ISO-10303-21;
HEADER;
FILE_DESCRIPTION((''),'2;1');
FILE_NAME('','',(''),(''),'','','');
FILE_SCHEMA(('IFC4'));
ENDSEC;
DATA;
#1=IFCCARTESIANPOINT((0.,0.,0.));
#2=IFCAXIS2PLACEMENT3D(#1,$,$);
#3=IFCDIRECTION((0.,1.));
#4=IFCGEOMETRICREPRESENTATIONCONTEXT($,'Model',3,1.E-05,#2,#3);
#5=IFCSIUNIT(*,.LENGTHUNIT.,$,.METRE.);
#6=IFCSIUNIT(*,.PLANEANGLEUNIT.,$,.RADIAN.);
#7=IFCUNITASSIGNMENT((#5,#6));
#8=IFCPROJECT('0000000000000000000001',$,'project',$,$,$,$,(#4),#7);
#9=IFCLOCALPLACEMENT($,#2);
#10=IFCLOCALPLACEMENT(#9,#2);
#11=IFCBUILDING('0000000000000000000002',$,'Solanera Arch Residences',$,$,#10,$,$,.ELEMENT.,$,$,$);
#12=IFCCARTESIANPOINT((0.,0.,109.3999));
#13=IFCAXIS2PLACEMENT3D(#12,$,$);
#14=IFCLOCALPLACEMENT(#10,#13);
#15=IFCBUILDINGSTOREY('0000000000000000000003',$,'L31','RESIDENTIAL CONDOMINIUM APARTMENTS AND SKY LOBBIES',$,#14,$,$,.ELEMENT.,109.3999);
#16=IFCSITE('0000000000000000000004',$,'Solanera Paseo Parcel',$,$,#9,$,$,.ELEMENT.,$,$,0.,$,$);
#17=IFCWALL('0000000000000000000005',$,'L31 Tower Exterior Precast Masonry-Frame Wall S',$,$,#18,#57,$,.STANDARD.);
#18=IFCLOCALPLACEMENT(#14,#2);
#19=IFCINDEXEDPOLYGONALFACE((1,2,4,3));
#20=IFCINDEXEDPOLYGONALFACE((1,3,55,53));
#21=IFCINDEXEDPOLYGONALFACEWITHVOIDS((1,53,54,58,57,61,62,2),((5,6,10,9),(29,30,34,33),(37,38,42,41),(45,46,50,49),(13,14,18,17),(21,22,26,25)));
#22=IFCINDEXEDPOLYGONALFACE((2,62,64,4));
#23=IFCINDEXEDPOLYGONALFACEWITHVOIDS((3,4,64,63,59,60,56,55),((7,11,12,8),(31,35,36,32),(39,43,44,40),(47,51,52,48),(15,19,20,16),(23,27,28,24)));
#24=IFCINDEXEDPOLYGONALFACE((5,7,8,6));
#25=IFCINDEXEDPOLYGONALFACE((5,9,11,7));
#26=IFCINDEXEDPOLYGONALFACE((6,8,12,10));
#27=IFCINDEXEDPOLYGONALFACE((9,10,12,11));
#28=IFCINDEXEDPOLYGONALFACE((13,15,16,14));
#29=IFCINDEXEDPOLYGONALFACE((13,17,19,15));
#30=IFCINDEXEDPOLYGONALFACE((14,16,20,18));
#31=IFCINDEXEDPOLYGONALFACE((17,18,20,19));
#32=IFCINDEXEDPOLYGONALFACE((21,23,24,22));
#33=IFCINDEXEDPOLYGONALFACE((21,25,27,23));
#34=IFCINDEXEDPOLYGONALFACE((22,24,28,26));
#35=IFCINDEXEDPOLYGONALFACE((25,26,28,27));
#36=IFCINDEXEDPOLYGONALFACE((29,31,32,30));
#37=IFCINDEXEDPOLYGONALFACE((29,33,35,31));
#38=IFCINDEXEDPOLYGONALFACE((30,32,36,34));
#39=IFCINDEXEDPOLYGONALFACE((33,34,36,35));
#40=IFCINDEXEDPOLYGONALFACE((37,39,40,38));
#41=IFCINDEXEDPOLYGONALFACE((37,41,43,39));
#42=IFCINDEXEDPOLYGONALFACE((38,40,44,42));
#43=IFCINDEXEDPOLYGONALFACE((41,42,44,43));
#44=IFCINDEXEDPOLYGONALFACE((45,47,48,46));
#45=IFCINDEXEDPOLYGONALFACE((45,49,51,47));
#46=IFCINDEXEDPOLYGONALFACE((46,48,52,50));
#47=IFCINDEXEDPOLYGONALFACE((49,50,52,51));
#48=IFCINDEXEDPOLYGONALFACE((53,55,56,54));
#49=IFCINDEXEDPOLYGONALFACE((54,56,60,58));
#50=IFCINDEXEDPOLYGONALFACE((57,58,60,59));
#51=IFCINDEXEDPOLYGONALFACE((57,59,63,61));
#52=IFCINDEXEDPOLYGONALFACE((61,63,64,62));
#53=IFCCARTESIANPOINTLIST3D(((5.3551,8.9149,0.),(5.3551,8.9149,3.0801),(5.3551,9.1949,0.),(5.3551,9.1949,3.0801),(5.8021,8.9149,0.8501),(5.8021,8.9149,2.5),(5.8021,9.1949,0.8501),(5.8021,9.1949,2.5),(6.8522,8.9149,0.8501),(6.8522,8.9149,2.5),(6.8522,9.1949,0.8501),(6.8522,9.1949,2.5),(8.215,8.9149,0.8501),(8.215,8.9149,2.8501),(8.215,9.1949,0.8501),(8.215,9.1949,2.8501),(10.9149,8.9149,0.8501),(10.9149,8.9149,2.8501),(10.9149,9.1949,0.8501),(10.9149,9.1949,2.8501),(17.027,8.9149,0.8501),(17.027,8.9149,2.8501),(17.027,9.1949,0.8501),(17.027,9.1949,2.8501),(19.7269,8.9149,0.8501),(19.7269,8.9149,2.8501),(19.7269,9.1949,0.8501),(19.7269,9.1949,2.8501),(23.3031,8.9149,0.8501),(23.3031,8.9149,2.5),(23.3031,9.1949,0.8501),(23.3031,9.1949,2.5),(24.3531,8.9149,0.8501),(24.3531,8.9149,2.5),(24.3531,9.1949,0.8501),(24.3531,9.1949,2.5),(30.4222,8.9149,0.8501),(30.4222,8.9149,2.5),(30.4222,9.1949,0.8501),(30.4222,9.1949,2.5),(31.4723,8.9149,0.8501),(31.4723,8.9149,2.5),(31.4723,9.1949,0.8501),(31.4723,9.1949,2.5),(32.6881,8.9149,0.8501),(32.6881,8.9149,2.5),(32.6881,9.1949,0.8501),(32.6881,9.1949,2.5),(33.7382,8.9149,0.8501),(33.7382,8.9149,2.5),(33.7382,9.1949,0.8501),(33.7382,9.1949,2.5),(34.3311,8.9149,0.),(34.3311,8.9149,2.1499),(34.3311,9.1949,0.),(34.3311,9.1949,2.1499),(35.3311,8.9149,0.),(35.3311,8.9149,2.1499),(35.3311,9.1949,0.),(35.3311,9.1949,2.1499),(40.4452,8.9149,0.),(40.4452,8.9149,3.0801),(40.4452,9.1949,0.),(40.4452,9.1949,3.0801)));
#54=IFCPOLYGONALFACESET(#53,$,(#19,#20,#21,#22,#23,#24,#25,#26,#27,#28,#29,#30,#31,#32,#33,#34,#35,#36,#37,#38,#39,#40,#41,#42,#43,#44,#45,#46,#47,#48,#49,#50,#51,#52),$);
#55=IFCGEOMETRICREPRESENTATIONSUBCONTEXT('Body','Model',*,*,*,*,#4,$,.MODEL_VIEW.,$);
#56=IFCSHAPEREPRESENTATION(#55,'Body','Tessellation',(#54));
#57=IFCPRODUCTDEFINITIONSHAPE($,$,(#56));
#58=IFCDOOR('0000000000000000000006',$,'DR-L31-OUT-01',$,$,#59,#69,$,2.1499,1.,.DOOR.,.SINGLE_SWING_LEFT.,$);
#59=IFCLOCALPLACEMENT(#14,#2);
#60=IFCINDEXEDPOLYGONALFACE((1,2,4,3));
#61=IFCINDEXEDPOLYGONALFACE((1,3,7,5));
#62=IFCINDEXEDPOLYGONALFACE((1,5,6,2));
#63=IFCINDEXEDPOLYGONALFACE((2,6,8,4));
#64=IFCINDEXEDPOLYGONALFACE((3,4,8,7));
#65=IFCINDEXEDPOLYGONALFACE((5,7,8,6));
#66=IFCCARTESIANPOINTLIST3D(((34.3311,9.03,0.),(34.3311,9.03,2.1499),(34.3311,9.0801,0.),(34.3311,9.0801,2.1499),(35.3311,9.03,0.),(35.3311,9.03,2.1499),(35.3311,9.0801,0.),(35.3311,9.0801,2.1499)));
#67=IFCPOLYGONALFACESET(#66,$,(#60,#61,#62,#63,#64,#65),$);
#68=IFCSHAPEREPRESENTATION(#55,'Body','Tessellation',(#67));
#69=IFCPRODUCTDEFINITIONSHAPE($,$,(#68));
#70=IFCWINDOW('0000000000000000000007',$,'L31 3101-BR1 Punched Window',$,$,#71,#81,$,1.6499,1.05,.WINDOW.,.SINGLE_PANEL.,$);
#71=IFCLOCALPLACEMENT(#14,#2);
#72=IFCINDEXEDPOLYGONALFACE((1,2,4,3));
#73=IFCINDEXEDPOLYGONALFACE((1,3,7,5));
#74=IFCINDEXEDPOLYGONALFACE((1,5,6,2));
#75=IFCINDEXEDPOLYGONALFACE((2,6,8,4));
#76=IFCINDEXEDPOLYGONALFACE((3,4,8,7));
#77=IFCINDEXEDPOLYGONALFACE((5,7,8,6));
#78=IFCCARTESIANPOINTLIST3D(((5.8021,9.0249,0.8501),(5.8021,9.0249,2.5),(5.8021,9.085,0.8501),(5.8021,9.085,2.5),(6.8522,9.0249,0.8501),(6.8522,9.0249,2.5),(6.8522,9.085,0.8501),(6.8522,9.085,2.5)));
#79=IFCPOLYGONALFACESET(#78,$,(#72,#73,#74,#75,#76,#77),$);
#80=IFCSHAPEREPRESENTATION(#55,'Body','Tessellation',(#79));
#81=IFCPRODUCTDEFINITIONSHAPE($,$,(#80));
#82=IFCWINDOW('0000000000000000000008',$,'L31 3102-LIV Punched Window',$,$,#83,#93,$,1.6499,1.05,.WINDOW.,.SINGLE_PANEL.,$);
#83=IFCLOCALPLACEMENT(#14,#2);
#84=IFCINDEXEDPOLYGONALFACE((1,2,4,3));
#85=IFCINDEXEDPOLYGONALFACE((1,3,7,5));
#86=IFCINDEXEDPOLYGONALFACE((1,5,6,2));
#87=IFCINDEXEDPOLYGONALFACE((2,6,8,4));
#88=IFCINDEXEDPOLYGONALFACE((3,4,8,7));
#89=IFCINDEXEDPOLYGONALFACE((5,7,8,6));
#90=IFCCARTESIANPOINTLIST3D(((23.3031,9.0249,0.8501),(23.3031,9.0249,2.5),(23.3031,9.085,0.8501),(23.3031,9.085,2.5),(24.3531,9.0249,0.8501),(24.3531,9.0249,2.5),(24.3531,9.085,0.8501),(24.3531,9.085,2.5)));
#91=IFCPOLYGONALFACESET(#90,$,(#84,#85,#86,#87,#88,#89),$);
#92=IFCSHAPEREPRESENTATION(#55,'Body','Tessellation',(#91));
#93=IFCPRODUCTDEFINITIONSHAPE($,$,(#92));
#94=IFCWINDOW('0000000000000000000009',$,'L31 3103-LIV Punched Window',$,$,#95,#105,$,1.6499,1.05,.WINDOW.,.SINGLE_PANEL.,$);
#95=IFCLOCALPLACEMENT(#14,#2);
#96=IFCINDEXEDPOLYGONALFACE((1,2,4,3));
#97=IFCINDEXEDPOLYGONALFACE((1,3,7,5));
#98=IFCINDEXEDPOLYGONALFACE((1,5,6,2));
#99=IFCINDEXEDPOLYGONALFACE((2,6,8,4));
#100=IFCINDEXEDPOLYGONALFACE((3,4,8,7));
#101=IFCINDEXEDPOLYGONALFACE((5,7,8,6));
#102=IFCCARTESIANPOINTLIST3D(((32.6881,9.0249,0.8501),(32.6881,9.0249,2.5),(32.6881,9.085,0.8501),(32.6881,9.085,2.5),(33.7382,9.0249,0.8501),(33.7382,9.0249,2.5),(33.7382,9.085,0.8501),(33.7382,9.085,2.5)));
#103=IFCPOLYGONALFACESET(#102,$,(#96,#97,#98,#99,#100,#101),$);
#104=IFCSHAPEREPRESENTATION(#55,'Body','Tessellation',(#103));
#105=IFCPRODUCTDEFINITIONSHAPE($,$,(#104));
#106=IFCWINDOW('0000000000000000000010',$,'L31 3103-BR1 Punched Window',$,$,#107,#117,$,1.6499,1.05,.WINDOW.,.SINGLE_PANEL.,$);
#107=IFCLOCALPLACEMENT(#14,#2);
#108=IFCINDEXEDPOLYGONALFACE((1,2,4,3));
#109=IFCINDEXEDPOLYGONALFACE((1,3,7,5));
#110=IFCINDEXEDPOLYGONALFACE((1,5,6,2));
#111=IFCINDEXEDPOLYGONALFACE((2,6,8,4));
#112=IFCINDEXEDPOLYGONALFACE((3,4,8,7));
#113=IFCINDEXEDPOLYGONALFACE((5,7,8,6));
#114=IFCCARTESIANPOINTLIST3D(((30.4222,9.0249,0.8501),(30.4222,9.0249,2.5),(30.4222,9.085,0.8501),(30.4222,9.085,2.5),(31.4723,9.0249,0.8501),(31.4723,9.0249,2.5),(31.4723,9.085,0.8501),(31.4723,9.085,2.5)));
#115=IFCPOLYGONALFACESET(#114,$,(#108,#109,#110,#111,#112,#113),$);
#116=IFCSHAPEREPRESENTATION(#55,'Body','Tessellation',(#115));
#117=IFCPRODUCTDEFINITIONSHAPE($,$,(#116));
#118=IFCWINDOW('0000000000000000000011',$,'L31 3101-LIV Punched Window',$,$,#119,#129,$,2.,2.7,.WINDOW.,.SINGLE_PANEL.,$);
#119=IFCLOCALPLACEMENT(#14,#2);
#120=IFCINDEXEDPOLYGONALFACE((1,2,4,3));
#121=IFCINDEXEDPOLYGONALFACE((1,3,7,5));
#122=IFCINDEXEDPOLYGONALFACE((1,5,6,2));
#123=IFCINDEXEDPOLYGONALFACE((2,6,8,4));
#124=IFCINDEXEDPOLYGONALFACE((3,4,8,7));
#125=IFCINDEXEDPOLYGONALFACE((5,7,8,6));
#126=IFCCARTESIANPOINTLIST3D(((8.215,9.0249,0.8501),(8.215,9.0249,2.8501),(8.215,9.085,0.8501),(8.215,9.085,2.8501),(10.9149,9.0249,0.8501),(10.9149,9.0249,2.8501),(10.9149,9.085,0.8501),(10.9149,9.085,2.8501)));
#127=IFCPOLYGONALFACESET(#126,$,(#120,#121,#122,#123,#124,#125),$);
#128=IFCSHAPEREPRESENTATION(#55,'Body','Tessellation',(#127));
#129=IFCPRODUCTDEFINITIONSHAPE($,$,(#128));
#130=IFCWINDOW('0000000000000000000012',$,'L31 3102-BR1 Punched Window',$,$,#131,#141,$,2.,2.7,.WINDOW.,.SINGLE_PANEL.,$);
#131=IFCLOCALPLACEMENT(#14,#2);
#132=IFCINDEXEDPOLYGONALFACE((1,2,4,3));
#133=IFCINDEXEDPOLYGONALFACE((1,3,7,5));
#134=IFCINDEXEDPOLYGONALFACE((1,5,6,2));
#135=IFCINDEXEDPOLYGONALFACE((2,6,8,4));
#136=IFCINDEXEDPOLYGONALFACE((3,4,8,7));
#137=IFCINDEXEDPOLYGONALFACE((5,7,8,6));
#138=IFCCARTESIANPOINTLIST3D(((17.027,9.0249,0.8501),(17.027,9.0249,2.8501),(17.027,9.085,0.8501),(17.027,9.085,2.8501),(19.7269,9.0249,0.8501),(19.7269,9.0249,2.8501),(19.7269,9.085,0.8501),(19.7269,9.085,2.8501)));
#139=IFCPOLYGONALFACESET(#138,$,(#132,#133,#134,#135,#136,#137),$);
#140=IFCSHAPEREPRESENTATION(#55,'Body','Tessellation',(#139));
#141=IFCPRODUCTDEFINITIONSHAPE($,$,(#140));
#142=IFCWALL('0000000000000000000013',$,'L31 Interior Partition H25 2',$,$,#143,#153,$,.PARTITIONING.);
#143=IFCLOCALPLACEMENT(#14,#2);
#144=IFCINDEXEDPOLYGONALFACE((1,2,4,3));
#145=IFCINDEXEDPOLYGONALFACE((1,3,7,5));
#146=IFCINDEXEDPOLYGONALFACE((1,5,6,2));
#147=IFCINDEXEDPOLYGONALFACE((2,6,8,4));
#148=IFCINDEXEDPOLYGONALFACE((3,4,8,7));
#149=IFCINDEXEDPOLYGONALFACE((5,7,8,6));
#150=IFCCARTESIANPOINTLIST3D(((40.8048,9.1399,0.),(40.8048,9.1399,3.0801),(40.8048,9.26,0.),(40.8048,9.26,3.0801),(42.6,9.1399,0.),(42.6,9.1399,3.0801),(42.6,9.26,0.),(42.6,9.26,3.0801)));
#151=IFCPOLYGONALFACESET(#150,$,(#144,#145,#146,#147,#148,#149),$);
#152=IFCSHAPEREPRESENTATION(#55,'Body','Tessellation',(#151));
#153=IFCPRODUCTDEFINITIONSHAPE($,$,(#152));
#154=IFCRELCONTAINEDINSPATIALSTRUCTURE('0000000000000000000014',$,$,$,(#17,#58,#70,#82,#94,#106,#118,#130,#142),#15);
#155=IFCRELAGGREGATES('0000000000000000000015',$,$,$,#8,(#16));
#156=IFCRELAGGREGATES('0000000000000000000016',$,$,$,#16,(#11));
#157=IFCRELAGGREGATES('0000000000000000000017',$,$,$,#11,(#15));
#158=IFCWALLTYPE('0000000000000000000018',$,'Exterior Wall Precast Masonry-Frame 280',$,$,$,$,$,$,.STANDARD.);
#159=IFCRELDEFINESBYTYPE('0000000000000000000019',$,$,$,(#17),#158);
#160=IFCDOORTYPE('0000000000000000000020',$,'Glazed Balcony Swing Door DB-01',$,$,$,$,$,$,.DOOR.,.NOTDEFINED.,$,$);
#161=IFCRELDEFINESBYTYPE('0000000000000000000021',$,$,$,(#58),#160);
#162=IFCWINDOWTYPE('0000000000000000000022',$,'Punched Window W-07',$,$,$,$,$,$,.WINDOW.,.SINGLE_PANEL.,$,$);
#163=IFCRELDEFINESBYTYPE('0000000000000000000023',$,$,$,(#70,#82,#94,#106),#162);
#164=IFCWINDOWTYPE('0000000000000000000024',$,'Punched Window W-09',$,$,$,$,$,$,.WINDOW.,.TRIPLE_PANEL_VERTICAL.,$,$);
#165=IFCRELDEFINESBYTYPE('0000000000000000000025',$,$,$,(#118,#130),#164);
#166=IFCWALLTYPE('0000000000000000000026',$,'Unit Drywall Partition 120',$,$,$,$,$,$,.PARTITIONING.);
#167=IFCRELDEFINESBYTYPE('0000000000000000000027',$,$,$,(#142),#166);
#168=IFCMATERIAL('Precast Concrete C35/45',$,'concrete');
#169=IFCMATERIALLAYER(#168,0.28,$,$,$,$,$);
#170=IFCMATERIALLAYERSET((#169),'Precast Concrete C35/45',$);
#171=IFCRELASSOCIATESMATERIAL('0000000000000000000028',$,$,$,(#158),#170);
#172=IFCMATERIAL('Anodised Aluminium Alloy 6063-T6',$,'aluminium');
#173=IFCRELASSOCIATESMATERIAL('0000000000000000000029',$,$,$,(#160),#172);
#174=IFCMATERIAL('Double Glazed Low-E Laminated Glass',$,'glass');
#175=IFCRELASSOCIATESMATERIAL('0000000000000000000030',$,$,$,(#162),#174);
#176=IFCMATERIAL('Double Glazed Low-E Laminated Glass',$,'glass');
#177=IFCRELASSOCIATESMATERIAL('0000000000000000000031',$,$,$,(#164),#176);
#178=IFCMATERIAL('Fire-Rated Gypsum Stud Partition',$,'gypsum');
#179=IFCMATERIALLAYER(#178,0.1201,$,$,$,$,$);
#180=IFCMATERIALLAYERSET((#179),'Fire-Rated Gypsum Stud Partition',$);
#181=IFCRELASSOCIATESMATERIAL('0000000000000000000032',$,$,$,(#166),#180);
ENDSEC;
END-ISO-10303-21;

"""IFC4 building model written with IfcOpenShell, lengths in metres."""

from ifc_helpers import new_model, si_unit, direction, frame, frame_2d, origin, place, context, subcontext, project, spatial, rectangle, extrude, material, layer, layer_set, type_object, element, fill, save


model = new_model("IFC4")

# Units and contexts
model_context = context("Model", 3, precision=1e-05, world=origin(), true_north=direction((0.0, 1.0)))
body_context = subcontext(model_context, "Body", "Model", "MODEL_VIEW")
ifc_project = project(units=[si_unit("LENGTHUNIT", "METRE"), si_unit("PLANEANGLEUNIT", "RADIAN")], contexts=[model_context])

# Site, building, storey
site_placement = place(None, origin())
site = spatial("IfcSite", under=ifc_project, at=site_placement, Name="Solanera Paseo Parcel", CompositionType="ELEMENT", RefElevation=0.0)
building_placement = place(site_placement, origin())
building = spatial("IfcBuilding", under=site, at=building_placement, Name="Solanera Arch Residences", CompositionType="ELEMENT")
storey_placement = place(building_placement, frame((0.0, 0.0, 109.3999)))
storey = spatial("IfcBuildingStorey", under=building, at=storey_placement, Name="L31", Description="RESIDENTIAL CONDOMINIUM APARTMENTS AND SKY LOBBIES", CompositionType="ELEMENT", Elevation=109.3999)

# Shared definitions
ifc_material_1 = material(Name="Precast Concrete C35/45", Category="concrete")
ifc_layer_1 = layer(ifc_material_1, 0.28)
ifc_layer_set_1 = layer_set([ifc_layer_1], Name="Precast Concrete C35/45")
wall_type_1 = type_object("IfcWallType", Name="Exterior Wall Precast Masonry-Frame 280", PredefinedType="STANDARD", material=ifc_layer_set_1)

# Wall, openings, door, windows
wall_1_placement = place(storey_placement, frame((40.4451, 9.0549, 0.0), z_axis=(0.0, 0.0, 1.0), x_axis=(-1.0, 0.0, 0.0)))
wall_1 = element("IfcWall", 1, at=wall_1_placement, inside=storey, type_object=wall_type_1, Name="L31 Tower Exterior Precast Masonry-Frame Wall S", PredefinedType="STANDARD", context=body_context, shape_type="SweptSolid", body=[
    extrude(rectangle(XDim=35.0901, YDim=0.28, at=frame_2d((17.5449, 0.0))), origin(), (0.0, 0.0, 1.0), 3.0801),
])
opening_1_placement = place(wall_1_placement, frame((5.114, 0.0, 0.0)))
opening_1 = element("IfcOpeningElement", 2, at=opening_1_placement, cuts=wall_1, PredefinedType="OPENING", context=body_context, shape_type="SweptSolid", body=[
    extrude(rectangle(XDim=1.0, YDim=2.1499, at=frame_2d((0.5, 1.075))), frame((0.0, 0.1499, 0.0), z_axis=(0.0, -1.0, 0.0), x_axis=(1.0, 0.0, 0.0)), (0.0, 0.0, 1.0), 0.3),
])
opening_2_placement = place(wall_1_placement, frame((29.53, 0.0, 0.8501)))
opening_2 = element("IfcOpeningElement", 3, at=opening_2_placement, cuts=wall_1, PredefinedType="OPENING", context=body_context, shape_type="SweptSolid", body=[
    extrude(rectangle(XDim=2.7, YDim=2.0, at=frame_2d((1.3501, 1.0))), frame((0.0, 0.1499, 0.0), z_axis=(0.0, -1.0, 0.0), x_axis=(1.0, 0.0, 0.0)), (0.0, 0.0, 1.0), 0.3),
])
opening_3_placement = place(wall_1_placement, frame((33.593, 0.0, 0.8501)))
opening_3 = element("IfcOpeningElement", 4, at=opening_3_placement, cuts=wall_1, PredefinedType="OPENING", context=body_context, shape_type="SweptSolid", body=[
    extrude(rectangle(XDim=1.05, YDim=1.6499, at=frame_2d((0.5249, 0.825))), frame((0.0, 0.1499, 0.0), z_axis=(0.0, -1.0, 0.0), x_axis=(1.0, 0.0, 0.0)), (0.0, 0.0, 1.0), 0.3),
])
opening_4_placement = place(wall_1_placement, frame((16.092, 0.0, 0.8501)))
opening_4 = element("IfcOpeningElement", 5, at=opening_4_placement, cuts=wall_1, PredefinedType="OPENING", context=body_context, shape_type="SweptSolid", body=[
    extrude(rectangle(XDim=1.05, YDim=1.6499, at=frame_2d((0.5249, 0.825))), frame((0.0, 0.1499, 0.0), z_axis=(0.0, -1.0, 0.0), x_axis=(1.0, 0.0, 0.0)), (0.0, 0.0, 1.0), 0.3),
])
opening_5_placement = place(wall_1_placement, frame((20.718, 0.0, 0.8501)))
opening_5 = element("IfcOpeningElement", 6, at=opening_5_placement, cuts=wall_1, PredefinedType="OPENING", context=body_context, shape_type="SweptSolid", body=[
    extrude(rectangle(XDim=2.7, YDim=2.0, at=frame_2d((1.3501, 1.0))), frame((0.0, 0.1499, 0.0), z_axis=(0.0, -1.0, 0.0), x_axis=(1.0, 0.0, 0.0)), (0.0, 0.0, 1.0), 0.3),
])
opening_6_placement = place(wall_1_placement, frame((6.707, 0.0, 0.8501)))
opening_6 = element("IfcOpeningElement", 7, at=opening_6_placement, cuts=wall_1, PredefinedType="OPENING", context=body_context, shape_type="SweptSolid", body=[
    extrude(rectangle(XDim=1.05, YDim=1.6499, at=frame_2d((0.5249, 0.825))), frame((0.0, 0.1499, 0.0), z_axis=(0.0, -1.0, 0.0), x_axis=(1.0, 0.0, 0.0)), (0.0, 0.0, 1.0), 0.3),
])
opening_7_placement = place(wall_1_placement, frame((8.9729, 0.0, 0.8501)))
opening_7 = element("IfcOpeningElement", 8, at=opening_7_placement, cuts=wall_1, PredefinedType="OPENING", context=body_context, shape_type="SweptSolid", body=[
    extrude(rectangle(XDim=1.05, YDim=1.6499, at=frame_2d((0.5249, 0.825))), frame((0.0, 0.1499, 0.0), z_axis=(0.0, -1.0, 0.0), x_axis=(1.0, 0.0, 0.0)), (0.0, 0.0, 1.0), 0.3),
])
ifc_material_2 = material(Name="Anodised Aluminium Alloy 6063-T6", Category="aluminium")
door_type_1 = type_object("IfcDoorType", Name="Glazed Balcony Swing Door DB-01", OperationType="NOTDEFINED", PredefinedType="DOOR", material=ifc_material_2)
door_1_placement = place(opening_1_placement, origin())
door_1 = element("IfcDoor", 9, at=door_1_placement, inside=storey, type_object=door_type_1, Name="DR-L31-OUT-01", OperationType="SINGLE_SWING_LEFT", OverallHeight=2.1499, OverallWidth=1.0, PredefinedType="DOOR", context=body_context, shape_type="SweptSolid", body=[
    extrude(rectangle(XDim=1.0, YDim=2.1499, at=frame_2d((0.5, 1.075))), frame((0.0, 0.0249, 0.0), z_axis=(0.0, -1.0, 0.0), x_axis=(1.0, 0.0, 0.0)), (0.0, 0.0, 1.0), 0.05),
])
fill(opening_1, door_1)
ifc_material_3 = material(Name="Double Glazed Low-E Laminated Glass", Category="glass")
window_type_1 = type_object("IfcWindowType", Name="Punched Window W-07", PartitioningType="SINGLE_PANEL", PredefinedType="WINDOW", material=ifc_material_3)
window_1_placement = place(opening_3_placement, origin())
window_1 = element("IfcWindow", 10, at=window_1_placement, inside=storey, type_object=window_type_1, Name="L31 3101-BR1 Punched Window", OverallHeight=1.6499, OverallWidth=1.05, PartitioningType="SINGLE_PANEL", PredefinedType="WINDOW", context=body_context, shape_type="SweptSolid", body=[
    extrude(rectangle(XDim=1.05, YDim=1.6499, at=frame_2d((0.5249, 0.825))), frame((0.0, 0.03, 0.0), z_axis=(0.0, -1.0, 0.0), x_axis=(1.0, 0.0, 0.0)), (0.0, 0.0, 1.0), 0.0601),
])
fill(opening_3, window_1)
window_2_placement = place(opening_4_placement, origin())
window_2 = element("IfcWindow", 11, at=window_2_placement, inside=storey, type_object=window_type_1, Name="L31 3102-LIV Punched Window", OverallHeight=1.6499, OverallWidth=1.05, PartitioningType="SINGLE_PANEL", PredefinedType="WINDOW", context=body_context, shape_type="SweptSolid", body=[
    extrude(rectangle(XDim=1.05, YDim=1.6499, at=frame_2d((0.5249, 0.825))), frame((0.0, 0.03, 0.0), z_axis=(0.0, -1.0, 0.0), x_axis=(1.0, 0.0, 0.0)), (0.0, 0.0, 1.0), 0.0601),
])
fill(opening_4, window_2)
window_3_placement = place(opening_6_placement, origin())
window_3 = element("IfcWindow", 12, at=window_3_placement, inside=storey, type_object=window_type_1, Name="L31 3103-LIV Punched Window", OverallHeight=1.6499, OverallWidth=1.05, PartitioningType="SINGLE_PANEL", PredefinedType="WINDOW", context=body_context, shape_type="SweptSolid", body=[
    extrude(rectangle(XDim=1.05, YDim=1.6499, at=frame_2d((0.5249, 0.825))), frame((0.0, 0.03, 0.0), z_axis=(0.0, -1.0, 0.0), x_axis=(1.0, 0.0, 0.0)), (0.0, 0.0, 1.0), 0.0601),
])
fill(opening_6, window_3)
window_4_placement = place(opening_7_placement, origin())
window_4 = element("IfcWindow", 13, at=window_4_placement, inside=storey, type_object=window_type_1, Name="L31 3103-BR1 Punched Window", OverallHeight=1.6499, OverallWidth=1.05, PartitioningType="SINGLE_PANEL", PredefinedType="WINDOW", context=body_context, shape_type="SweptSolid", body=[
    extrude(rectangle(XDim=1.05, YDim=1.6499, at=frame_2d((0.5249, 0.825))), frame((0.0, 0.03, 0.0), z_axis=(0.0, -1.0, 0.0), x_axis=(1.0, 0.0, 0.0)), (0.0, 0.0, 1.0), 0.0601),
])
fill(opening_7, window_4)
ifc_material_4 = material(Name="Double Glazed Low-E Laminated Glass", Category="glass")
window_type_2 = type_object("IfcWindowType", Name="Punched Window W-09", PartitioningType="TRIPLE_PANEL_VERTICAL", PredefinedType="WINDOW", material=ifc_material_4)
window_5_placement = place(opening_2_placement, origin())
window_5 = element("IfcWindow", 14, at=window_5_placement, inside=storey, type_object=window_type_2, Name="L31 3101-LIV Punched Window", OverallHeight=2.0, OverallWidth=2.7, PartitioningType="SINGLE_PANEL", PredefinedType="WINDOW", context=body_context, shape_type="SweptSolid", body=[
    extrude(rectangle(XDim=2.7, YDim=2.0, at=frame_2d((1.3501, 1.0))), frame((0.0, 0.03, 0.0), z_axis=(0.0, -1.0, 0.0), x_axis=(1.0, 0.0, 0.0)), (0.0, 0.0, 1.0), 0.0601),
])
fill(opening_2, window_5)
window_6_placement = place(opening_5_placement, origin())
window_6 = element("IfcWindow", 15, at=window_6_placement, inside=storey, type_object=window_type_2, Name="L31 3102-BR1 Punched Window", OverallHeight=2.0, OverallWidth=2.7, PartitioningType="SINGLE_PANEL", PredefinedType="WINDOW", context=body_context, shape_type="SweptSolid", body=[
    extrude(rectangle(XDim=2.7, YDim=2.0, at=frame_2d((1.3501, 1.0))), frame((0.0, 0.03, 0.0), z_axis=(0.0, -1.0, 0.0), x_axis=(1.0, 0.0, 0.0)), (0.0, 0.0, 1.0), 0.0601),
])
fill(opening_5, window_6)

# Wall
ifc_material_5 = material(Name="Fire-Rated Gypsum Stud Partition", Category="gypsum")
ifc_layer_2 = layer(ifc_material_5, 0.1201)
ifc_layer_set_2 = layer_set([ifc_layer_2], Name="Fire-Rated Gypsum Stud Partition")
wall_type_2 = type_object("IfcWallType", Name="Unit Drywall Partition 120", PredefinedType="PARTITIONING", material=ifc_layer_set_2)
wall_2_placement = place(storey_placement, frame((40.8049, 9.2, 0.0), z_axis=(0.0, 0.0, 1.0), x_axis=(1.0, 0.0, 0.0)))
element("IfcWall", 16, at=wall_2_placement, inside=storey, type_object=wall_type_2, Name="L31 Interior Partition H25 2", PredefinedType="PARTITIONING", context=body_context, shape_type="SweptSolid", body=[
    extrude(rectangle(XDim=1.7952, YDim=0.1201, at=frame_2d((0.8975, 0.0))), origin(), (0.0, 0.0, 1.0), 3.0801),
])

save(model, "model.ifc")
